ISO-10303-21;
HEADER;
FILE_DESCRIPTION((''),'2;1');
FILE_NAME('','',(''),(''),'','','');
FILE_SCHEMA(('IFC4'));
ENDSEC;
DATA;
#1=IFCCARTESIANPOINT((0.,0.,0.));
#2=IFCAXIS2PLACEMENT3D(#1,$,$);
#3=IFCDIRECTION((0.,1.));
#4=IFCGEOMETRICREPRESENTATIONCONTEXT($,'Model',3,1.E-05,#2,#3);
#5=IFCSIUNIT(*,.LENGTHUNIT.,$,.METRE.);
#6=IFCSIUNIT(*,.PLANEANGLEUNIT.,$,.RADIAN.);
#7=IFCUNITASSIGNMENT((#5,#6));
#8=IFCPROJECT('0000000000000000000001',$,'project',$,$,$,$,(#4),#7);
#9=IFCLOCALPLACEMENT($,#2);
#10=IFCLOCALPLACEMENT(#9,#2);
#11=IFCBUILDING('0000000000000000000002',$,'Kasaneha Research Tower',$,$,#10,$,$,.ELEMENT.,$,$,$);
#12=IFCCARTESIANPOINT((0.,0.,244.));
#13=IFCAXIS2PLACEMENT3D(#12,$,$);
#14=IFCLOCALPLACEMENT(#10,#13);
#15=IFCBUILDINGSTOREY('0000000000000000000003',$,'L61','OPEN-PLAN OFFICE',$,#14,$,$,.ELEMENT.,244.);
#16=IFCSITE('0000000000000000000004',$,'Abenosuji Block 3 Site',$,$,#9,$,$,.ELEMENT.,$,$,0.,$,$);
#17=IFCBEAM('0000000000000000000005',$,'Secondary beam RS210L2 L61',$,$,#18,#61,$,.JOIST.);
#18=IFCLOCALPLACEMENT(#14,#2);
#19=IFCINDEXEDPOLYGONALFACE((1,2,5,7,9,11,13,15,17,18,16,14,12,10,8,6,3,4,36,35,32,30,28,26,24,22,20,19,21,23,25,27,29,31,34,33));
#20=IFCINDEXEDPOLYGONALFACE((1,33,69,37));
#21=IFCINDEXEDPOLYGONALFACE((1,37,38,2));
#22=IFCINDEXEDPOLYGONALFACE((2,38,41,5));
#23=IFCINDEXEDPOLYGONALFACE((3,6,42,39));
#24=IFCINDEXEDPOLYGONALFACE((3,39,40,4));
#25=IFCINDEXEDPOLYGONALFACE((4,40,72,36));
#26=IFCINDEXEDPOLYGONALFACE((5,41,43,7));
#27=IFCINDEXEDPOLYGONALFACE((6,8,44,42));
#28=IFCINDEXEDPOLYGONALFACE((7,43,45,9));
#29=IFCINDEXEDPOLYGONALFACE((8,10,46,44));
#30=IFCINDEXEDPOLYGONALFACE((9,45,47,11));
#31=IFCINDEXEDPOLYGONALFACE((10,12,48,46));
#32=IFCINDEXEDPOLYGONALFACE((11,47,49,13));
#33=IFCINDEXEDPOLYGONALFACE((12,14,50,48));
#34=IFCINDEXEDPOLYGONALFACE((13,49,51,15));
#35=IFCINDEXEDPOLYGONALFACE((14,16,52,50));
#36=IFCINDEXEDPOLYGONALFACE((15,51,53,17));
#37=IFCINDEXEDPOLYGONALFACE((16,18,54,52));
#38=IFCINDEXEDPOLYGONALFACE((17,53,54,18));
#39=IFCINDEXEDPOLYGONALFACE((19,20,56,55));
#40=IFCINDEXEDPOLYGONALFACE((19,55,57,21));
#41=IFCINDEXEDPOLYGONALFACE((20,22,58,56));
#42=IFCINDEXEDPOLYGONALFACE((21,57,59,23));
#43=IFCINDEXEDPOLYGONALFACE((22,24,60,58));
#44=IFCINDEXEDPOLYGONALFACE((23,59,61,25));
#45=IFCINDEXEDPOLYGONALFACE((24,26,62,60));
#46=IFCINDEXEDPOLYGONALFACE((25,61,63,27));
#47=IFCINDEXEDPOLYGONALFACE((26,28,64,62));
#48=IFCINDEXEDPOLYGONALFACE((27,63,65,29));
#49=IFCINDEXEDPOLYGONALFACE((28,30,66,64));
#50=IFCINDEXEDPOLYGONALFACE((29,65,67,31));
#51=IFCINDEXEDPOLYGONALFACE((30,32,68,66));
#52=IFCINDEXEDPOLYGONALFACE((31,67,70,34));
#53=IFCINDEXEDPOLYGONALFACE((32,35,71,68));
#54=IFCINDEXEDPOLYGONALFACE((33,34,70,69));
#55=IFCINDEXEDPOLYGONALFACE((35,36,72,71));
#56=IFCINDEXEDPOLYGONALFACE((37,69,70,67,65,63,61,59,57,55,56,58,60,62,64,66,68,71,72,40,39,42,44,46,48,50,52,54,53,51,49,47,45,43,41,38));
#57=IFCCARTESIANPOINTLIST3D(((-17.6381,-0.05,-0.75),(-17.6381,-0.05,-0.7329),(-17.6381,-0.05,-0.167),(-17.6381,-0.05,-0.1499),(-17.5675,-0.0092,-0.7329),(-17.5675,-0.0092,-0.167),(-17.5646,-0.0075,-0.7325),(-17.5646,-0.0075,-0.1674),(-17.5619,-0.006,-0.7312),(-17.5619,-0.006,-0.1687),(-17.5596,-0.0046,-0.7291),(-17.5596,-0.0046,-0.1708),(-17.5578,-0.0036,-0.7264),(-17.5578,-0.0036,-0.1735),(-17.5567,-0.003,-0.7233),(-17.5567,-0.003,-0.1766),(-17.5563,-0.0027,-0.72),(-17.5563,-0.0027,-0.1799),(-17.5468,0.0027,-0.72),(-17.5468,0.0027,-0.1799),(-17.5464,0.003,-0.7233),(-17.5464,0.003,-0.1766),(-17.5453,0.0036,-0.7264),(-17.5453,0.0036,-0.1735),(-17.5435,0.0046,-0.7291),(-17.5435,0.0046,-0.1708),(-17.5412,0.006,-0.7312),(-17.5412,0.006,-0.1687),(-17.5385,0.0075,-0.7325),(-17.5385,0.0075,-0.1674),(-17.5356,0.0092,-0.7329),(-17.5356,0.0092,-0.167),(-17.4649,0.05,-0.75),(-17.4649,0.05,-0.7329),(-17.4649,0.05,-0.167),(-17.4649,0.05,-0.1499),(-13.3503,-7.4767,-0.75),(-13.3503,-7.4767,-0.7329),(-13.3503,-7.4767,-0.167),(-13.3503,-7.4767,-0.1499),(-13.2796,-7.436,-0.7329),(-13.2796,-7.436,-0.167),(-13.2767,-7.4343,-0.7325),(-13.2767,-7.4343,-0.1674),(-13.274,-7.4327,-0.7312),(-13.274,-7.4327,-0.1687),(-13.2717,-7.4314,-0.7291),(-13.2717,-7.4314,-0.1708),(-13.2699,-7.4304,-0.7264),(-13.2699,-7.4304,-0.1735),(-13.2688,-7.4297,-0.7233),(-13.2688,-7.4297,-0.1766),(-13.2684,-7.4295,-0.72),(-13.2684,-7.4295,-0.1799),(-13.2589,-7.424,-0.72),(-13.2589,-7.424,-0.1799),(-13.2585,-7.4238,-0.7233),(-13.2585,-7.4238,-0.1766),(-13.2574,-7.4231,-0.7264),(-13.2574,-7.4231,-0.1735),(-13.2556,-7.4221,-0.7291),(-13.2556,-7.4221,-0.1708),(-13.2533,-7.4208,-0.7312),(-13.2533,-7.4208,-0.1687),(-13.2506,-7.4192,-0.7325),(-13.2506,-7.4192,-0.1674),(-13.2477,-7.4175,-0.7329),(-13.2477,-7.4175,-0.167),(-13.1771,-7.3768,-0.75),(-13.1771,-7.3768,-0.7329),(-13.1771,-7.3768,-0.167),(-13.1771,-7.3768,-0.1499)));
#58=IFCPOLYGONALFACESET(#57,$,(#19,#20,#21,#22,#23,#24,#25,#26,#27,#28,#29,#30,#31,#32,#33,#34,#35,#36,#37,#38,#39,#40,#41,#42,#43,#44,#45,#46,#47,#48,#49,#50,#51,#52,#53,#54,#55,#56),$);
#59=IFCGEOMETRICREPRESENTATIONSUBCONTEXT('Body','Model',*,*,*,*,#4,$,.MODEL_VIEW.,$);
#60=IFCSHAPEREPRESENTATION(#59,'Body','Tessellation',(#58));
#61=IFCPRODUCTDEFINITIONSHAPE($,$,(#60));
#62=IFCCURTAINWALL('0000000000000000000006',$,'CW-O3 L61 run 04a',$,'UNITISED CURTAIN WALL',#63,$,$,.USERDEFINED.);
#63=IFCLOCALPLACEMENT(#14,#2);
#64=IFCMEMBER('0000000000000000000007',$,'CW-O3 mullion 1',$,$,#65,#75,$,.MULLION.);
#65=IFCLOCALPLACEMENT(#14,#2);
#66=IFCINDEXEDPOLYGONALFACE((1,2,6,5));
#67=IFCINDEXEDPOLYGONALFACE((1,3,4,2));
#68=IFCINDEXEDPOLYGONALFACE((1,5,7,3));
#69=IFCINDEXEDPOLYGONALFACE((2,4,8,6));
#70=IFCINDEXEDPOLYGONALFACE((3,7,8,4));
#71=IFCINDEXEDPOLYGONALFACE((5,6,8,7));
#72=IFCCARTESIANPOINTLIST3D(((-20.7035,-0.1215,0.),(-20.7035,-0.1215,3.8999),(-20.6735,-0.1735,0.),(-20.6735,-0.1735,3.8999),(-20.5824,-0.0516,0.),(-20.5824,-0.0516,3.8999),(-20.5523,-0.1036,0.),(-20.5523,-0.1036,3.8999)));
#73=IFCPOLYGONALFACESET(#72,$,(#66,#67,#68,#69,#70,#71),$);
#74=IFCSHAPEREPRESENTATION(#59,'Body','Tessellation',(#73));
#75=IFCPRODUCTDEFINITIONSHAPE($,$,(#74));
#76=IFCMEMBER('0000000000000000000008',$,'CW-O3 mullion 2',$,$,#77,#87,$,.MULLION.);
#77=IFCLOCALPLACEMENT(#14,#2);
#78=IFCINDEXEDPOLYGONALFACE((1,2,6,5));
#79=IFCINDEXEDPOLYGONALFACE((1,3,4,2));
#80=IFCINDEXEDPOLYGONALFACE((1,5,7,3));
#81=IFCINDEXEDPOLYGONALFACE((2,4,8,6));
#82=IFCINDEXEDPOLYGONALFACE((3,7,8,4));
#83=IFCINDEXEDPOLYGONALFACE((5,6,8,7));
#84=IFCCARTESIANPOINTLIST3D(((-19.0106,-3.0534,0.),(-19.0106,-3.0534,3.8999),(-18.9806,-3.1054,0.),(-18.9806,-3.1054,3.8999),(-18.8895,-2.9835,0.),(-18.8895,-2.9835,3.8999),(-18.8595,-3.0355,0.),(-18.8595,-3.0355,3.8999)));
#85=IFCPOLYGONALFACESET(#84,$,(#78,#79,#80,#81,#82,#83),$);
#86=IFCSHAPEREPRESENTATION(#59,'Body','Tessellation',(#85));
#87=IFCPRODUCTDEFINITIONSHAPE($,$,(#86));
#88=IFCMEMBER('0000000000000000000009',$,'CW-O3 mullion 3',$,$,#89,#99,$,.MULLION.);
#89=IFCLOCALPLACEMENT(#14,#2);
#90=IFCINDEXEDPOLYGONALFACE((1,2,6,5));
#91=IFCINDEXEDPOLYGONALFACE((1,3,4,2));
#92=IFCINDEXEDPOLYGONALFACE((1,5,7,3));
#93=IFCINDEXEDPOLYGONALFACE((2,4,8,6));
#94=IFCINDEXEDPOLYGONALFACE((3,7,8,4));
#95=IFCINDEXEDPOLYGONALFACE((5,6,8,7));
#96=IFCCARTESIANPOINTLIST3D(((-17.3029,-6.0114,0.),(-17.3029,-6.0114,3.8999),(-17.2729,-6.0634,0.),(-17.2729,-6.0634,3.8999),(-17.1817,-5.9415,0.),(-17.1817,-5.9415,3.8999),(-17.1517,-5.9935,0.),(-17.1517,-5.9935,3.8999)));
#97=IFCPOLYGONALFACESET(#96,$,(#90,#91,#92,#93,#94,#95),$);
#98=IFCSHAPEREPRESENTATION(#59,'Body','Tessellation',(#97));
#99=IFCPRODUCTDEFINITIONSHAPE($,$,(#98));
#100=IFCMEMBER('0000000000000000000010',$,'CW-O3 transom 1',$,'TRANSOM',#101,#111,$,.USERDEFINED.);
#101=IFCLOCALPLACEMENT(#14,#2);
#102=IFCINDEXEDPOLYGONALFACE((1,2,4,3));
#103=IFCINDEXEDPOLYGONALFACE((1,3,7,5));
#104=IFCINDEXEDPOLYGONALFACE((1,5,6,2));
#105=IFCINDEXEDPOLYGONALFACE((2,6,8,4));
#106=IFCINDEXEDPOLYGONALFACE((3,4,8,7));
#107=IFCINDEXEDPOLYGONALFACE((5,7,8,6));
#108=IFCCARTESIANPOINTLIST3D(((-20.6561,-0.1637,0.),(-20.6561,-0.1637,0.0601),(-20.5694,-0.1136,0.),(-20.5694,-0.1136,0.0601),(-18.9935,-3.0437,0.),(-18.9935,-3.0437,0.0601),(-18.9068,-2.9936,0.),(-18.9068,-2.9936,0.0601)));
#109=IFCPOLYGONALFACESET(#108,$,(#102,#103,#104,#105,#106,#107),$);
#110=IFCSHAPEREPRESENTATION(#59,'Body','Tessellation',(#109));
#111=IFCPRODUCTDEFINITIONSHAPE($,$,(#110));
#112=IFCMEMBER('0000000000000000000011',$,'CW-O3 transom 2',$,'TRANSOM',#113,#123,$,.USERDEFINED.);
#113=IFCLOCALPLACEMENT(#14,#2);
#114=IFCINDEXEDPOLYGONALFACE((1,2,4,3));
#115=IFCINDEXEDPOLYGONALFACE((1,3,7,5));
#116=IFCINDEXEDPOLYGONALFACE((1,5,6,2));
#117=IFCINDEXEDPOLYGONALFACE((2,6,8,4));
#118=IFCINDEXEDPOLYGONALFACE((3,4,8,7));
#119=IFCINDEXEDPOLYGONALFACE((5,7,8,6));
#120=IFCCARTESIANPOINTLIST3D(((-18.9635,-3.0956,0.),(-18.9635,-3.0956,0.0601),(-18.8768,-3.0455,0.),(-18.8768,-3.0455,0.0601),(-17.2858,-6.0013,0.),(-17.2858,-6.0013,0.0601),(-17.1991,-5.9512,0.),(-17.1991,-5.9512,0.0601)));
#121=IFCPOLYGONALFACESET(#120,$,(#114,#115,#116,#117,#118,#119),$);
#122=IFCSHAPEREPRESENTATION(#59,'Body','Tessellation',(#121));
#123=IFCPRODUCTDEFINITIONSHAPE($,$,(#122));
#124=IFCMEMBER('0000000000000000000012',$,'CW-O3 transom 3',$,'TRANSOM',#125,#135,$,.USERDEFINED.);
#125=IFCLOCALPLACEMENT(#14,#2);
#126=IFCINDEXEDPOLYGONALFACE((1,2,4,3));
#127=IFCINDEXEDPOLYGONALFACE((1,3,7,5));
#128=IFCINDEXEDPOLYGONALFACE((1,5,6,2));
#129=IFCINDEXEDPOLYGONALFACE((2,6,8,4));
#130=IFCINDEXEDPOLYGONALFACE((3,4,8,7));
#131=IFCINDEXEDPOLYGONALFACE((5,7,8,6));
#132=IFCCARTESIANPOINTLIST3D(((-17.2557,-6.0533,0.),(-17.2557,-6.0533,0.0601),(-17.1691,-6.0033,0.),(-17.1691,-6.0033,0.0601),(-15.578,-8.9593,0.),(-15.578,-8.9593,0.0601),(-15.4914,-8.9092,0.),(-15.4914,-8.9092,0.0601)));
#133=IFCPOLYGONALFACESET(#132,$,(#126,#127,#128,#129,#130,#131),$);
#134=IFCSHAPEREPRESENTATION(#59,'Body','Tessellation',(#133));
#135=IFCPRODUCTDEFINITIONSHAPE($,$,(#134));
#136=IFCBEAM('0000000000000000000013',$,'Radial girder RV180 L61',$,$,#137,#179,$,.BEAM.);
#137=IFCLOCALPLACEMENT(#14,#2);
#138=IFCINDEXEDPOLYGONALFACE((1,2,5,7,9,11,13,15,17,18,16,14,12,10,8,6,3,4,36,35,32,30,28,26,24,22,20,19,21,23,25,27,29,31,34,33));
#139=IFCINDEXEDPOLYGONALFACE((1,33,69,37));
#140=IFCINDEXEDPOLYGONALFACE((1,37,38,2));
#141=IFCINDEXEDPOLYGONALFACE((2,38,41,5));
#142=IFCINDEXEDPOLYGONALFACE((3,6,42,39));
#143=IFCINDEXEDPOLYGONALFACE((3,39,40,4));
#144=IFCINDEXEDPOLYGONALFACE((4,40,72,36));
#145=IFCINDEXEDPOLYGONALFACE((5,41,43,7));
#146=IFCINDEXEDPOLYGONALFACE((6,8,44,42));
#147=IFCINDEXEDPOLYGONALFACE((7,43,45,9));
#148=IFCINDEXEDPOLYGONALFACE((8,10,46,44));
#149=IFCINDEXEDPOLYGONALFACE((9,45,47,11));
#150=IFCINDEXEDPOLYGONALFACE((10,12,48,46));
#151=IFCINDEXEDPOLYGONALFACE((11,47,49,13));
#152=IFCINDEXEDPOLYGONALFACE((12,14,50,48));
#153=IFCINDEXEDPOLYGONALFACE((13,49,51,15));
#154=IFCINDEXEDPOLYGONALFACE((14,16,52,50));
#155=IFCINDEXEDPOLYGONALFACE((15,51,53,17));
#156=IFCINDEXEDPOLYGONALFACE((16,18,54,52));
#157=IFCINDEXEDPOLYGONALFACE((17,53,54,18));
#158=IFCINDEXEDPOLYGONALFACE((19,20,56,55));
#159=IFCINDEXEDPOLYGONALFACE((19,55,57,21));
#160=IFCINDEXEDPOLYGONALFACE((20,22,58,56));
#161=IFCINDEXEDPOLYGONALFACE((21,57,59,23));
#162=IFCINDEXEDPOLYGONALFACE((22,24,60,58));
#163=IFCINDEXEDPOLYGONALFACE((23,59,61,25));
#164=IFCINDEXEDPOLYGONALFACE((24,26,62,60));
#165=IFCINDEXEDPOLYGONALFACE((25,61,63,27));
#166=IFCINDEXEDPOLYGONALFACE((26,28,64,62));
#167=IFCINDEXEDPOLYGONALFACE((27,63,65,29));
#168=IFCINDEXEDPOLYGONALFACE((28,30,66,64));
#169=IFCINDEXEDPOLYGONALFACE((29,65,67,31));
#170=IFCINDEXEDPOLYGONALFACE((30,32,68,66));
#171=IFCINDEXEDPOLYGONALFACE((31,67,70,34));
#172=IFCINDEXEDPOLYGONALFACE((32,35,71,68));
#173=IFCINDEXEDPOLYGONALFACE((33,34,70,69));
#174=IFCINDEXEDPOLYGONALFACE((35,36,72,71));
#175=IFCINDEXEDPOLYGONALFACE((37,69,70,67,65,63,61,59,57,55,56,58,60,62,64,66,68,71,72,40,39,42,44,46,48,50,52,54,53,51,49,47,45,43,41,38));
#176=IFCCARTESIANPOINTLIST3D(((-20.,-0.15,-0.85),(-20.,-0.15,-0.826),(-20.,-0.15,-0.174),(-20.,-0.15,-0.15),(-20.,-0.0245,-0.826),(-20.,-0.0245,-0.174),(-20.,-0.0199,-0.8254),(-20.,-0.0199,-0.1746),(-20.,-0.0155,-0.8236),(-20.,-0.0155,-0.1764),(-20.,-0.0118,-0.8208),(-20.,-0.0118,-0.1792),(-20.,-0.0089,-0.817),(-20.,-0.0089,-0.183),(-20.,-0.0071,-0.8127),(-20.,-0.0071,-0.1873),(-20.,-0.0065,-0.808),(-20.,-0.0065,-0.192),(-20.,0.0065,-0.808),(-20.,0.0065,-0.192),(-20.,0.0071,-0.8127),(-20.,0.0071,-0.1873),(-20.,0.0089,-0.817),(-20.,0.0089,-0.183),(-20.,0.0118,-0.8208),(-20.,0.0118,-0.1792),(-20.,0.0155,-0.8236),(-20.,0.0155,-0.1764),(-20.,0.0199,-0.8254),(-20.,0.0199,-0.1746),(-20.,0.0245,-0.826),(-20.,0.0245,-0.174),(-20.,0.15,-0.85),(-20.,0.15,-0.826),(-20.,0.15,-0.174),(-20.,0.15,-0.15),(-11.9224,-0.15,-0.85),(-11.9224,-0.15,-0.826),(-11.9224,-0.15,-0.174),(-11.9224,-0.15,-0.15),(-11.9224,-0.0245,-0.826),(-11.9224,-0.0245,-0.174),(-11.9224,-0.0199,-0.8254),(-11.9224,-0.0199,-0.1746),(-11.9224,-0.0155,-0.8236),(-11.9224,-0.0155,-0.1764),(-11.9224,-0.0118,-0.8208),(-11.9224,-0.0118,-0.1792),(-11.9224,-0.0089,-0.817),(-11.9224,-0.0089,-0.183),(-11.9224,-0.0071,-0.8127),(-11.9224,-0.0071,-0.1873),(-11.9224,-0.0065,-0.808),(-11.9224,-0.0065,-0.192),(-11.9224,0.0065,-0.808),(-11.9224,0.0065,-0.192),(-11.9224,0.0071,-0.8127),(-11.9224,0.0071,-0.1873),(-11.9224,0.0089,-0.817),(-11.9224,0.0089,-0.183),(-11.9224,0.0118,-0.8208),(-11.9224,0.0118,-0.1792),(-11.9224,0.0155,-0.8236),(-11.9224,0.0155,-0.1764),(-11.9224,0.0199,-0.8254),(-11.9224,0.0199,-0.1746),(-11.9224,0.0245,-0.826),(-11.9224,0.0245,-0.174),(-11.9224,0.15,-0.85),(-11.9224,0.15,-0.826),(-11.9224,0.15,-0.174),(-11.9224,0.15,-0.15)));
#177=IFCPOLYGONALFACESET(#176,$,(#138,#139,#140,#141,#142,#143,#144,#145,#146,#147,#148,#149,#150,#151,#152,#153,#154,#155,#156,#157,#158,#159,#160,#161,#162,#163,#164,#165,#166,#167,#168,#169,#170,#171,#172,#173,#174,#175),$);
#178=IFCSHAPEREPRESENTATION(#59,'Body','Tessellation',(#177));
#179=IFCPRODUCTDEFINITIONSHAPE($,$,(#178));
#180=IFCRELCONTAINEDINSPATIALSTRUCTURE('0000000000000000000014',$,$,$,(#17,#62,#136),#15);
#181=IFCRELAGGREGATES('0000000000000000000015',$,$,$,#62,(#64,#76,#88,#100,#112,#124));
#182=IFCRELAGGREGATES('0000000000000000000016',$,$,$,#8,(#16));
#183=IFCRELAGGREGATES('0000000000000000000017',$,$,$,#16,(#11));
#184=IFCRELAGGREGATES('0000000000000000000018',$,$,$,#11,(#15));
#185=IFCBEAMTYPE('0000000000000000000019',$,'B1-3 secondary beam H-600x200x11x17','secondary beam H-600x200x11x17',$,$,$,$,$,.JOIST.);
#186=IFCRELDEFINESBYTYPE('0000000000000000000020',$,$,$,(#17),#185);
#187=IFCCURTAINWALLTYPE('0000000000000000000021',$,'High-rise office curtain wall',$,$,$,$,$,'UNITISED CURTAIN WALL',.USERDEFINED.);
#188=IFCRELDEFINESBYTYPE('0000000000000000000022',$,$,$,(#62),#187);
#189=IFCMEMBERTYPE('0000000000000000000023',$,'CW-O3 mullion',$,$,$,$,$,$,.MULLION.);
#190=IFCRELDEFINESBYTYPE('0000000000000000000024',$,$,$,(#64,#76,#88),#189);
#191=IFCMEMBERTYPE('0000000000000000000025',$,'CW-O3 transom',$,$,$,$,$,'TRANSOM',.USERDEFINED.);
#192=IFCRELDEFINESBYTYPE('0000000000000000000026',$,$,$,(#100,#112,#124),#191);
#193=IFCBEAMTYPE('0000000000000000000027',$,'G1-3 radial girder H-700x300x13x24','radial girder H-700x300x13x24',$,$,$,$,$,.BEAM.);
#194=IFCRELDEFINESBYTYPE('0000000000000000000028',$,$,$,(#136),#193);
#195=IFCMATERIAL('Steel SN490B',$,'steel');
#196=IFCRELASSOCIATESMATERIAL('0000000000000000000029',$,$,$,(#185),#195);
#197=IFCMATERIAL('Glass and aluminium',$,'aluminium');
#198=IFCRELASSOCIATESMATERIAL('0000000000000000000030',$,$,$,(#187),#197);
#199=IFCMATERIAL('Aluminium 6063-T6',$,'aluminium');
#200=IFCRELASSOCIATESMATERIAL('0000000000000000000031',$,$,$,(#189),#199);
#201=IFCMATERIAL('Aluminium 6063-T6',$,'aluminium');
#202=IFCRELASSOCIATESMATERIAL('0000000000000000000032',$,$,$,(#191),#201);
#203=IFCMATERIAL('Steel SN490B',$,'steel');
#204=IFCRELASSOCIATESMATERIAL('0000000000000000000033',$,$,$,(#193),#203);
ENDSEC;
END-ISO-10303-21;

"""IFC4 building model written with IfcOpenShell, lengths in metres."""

from ifc_helpers import new_model, si_unit, direction, frame, origin, origin_2d, place, context, subcontext, project, spatial, rectangle, i_section, extrude, material, material_profile, profile_set, type_object, element, aggregate, save


model = new_model("IFC4")

# Units and contexts
model_context = context("Model", 3, precision=1e-05, world=origin(), true_north=direction((0.0, 1.0)))
body_context = subcontext(model_context, "Body", "Model", "MODEL_VIEW")
ifc_project = project(units=[si_unit("LENGTHUNIT", "METRE"), si_unit("PLANEANGLEUNIT", "RADIAN")], contexts=[model_context])

# Site, building, storey
site_placement = place(None, origin())
site = spatial("IfcSite", under=ifc_project, at=site_placement, Name="Abenosuji Block 3 Site", CompositionType="ELEMENT", RefElevation=0.0)
building_placement = place(site_placement, origin())
building = spatial("IfcBuilding", under=site, at=building_placement, Name="Kasaneha Research Tower", CompositionType="ELEMENT")
storey_placement = place(building_placement, frame((0.0, 0.0, 244.0)))
storey = spatial("IfcBuildingStorey", under=building, at=storey_placement, Name="L61", Description="OPEN-PLAN OFFICE", CompositionType="ELEMENT", Elevation=244.0)

# Beam
ifc_material_1 = material(Name="Steel SN490B", Category="steel")
ifc_material_profile_1 = material_profile(ifc_material_1, i_section(OverallWidth=0.2, OverallDepth=0.6001, WebThickness=0.011, FlangeThickness=0.0171, FilletRadius=0.0129, at=origin_2d()), Name="H-600x200x11x17")
ifc_profile_set_1 = profile_set([ifc_material_profile_1], Name="Steel SN490B")
beam_type_1 = type_object("IfcBeamType", Name="B1-3 secondary beam H-600x200x11x17", Description="secondary beam H-600x200x11x17", PredefinedType="JOIST", material=ifc_profile_set_1)
beam_1_placement = place(storey_placement, frame((-17.5515, 0.0, -0.45), z_axis=(0.5, -0.866025, 0.0), x_axis=(0.866025, 0.5, 0.0)))
element("IfcBeam", 1, at=beam_1_placement, inside=storey, type_object=beam_type_1, Name="Secondary beam RS210L2 L61", PredefinedType="JOIST", context=body_context, shape_type="SweptSolid", body=[
    extrude(i_section(OverallWidth=0.2, OverallDepth=0.6001, WebThickness=0.011, FlangeThickness=0.0171, FilletRadius=0.0129, at=origin_2d()), origin(), (0.0, 0.0, 1.0), 8.5757),
])

# Curtain wall, members
ifc_material_2 = material(Name="Glass and aluminium", Category="aluminium")
curtain_wall_type = type_object("IfcCurtainWallType", Name="High-rise office curtain wall", ElementType="UNITISED CURTAIN WALL", PredefinedType="USERDEFINED", material=ifc_material_2)
curtain_wall_placement = place(storey_placement, origin())
curtain_wall = element("IfcCurtainWall", 2, at=curtain_wall_placement, inside=storey, type_object=curtain_wall_type, Name="CW-O3 L61 run 04a", ObjectType="UNITISED CURTAIN WALL", PredefinedType="USERDEFINED")
ifc_material_3 = material(Name="Aluminium 6063-T6", Category="aluminium")
ifc_material_profile_2 = material_profile(ifc_material_3, rectangle(XDim=0.0601, YDim=0.1399, at=origin_2d()), Name="CW-O3 mullion 60x140")
ifc_profile_set_2 = profile_set([ifc_material_profile_2], Name="Aluminium 6063-T6")
member_type_1 = type_object("IfcMemberType", Name="CW-O3 mullion", PredefinedType="MULLION", material=ifc_profile_set_2)
member_1_placement = place(storey_placement, frame((-20.6279, -0.1125, 0.0), z_axis=(0.0, 0.0, 1.0), x_axis=(0.5, -0.866025, 0.0)))
member_1 = element("IfcMember", 3, at=member_1_placement, type_object=member_type_1, Name="CW-O3 mullion 1", PredefinedType="MULLION", context=body_context, shape_type="SweptSolid", body=[
    extrude(rectangle(XDim=0.0601, YDim=0.1399, at=origin_2d()), origin(), (0.0, 0.0, 1.0), 3.8999),
])
member_2_placement = place(storey_placement, frame((-18.9351, -3.0444, 0.0), z_axis=(0.0, 0.0, 1.0), x_axis=(0.5, -0.866025, 0.0)))
member_2 = element("IfcMember", 4, at=member_2_placement, type_object=member_type_1, Name="CW-O3 mullion 2", PredefinedType="MULLION", context=body_context, shape_type="SweptSolid", body=[
    extrude(rectangle(XDim=0.0601, YDim=0.1399, at=origin_2d()), origin(), (0.0, 0.0, 1.0), 3.8999),
])
member_3_placement = place(storey_placement, frame((-17.2273, -6.0024, 0.0), z_axis=(0.0, 0.0, 1.0), x_axis=(0.5, -0.866025, 0.0)))
member_3 = element("IfcMember", 5, at=member_3_placement, type_object=member_type_1, Name="CW-O3 mullion 3", PredefinedType="MULLION", context=body_context, shape_type="SweptSolid", body=[
    extrude(rectangle(XDim=0.0601, YDim=0.1399, at=origin_2d()), origin(), (0.0, 0.0, 1.0), 3.8999),
])
ifc_material_4 = material(Name="Aluminium 6063-T6", Category="aluminium")
ifc_material_profile_3 = material_profile(ifc_material_4, rectangle(XDim=0.1001, YDim=0.0601, at=origin_2d()), Name="CW-O3 transom 100x60")
ifc_profile_set_3 = profile_set([ifc_material_profile_3], Name="Aluminium 6063-T6")
member_type_2 = type_object("IfcMemberType", Name="CW-O3 transom", ElementType="TRANSOM", PredefinedType="USERDEFINED", material=ifc_profile_set_3)
member_4_placement = place(storey_placement, frame((-20.6128, -0.1387, 0.03), z_axis=(0.499977, -0.866039, 0.0), x_axis=(0.866039, 0.499977, 0.0)))
member_4 = element("IfcMember", 6, at=member_4_placement, type_object=member_type_2, Name="CW-O3 transom 1", ObjectType="TRANSOM", PredefinedType="USERDEFINED", context=body_context, shape_type="SweptSolid", body=[
    extrude(rectangle(XDim=0.1001, YDim=0.0601, at=origin_2d()), origin(), (0.0, 0.0, 1.0), 3.3254),
])
member_5_placement = place(storey_placement, frame((-18.9202, -3.0706, 0.03), z_axis=(0.500021, -0.866014, 0.0), x_axis=(0.866014, 0.500021, 0.0)))
member_5 = element("IfcMember", 7, at=member_5_placement, type_object=member_type_2, Name="CW-O3 transom 2", ObjectType="TRANSOM", PredefinedType="USERDEFINED", context=body_context, shape_type="SweptSolid", body=[
    extrude(rectangle(XDim=0.1001, YDim=0.0601, at=origin_2d()), origin(), (0.0, 0.0, 1.0), 3.3552),
])
member_6_placement = place(storey_placement, frame((-17.2124, -6.0283, 0.03), z_axis=(0.499989, -0.866032, 0.0), x_axis=(0.866032, 0.499989, 0.0)))
member_6 = element("IfcMember", 8, at=member_6_placement, type_object=member_type_2, Name="CW-O3 transom 3", ObjectType="TRANSOM", PredefinedType="USERDEFINED", context=body_context, shape_type="SweptSolid", body=[
    extrude(rectangle(XDim=0.1001, YDim=0.0601, at=origin_2d()), origin(), (0.0, 0.0, 1.0), 3.3555),
])

# Beam
ifc_material_5 = material(Name="Steel SN490B", Category="steel")
ifc_material_profile_4 = material_profile(ifc_material_5, i_section(OverallWidth=0.3, OverallDepth=0.7, WebThickness=0.0129, FlangeThickness=0.0239, FilletRadius=0.0181, at=origin_2d()), Name="H-700x300x13x24")
ifc_profile_set_4 = profile_set([ifc_material_profile_4], Name="Steel SN490B")
beam_type_2 = type_object("IfcBeamType", Name="G1-3 radial girder H-700x300x13x24", Description="radial girder H-700x300x13x24", PredefinedType="BEAM", material=ifc_profile_set_4)
beam_2_placement = place(storey_placement, frame((-11.9224, 0.0, -0.5), z_axis=(-1.0, 0.0, 0.0), x_axis=(0.0, -1.0, 0.0)))
element("IfcBeam", 9, at=beam_2_placement, inside=storey, type_object=beam_type_2, Name="Radial girder RV180 L61", PredefinedType="BEAM", context=body_context, shape_type="SweptSolid", body=[
    extrude(i_section(OverallWidth=0.3, OverallDepth=0.7, WebThickness=0.0129, FlangeThickness=0.0239, FilletRadius=0.0181, at=origin_2d()), origin(), (0.0, 0.0, 1.0), 8.0776),
])

aggregate(curtain_wall, [member_1, member_2, member_3, member_4, member_5, member_6])

save(model, "model.ifc")
